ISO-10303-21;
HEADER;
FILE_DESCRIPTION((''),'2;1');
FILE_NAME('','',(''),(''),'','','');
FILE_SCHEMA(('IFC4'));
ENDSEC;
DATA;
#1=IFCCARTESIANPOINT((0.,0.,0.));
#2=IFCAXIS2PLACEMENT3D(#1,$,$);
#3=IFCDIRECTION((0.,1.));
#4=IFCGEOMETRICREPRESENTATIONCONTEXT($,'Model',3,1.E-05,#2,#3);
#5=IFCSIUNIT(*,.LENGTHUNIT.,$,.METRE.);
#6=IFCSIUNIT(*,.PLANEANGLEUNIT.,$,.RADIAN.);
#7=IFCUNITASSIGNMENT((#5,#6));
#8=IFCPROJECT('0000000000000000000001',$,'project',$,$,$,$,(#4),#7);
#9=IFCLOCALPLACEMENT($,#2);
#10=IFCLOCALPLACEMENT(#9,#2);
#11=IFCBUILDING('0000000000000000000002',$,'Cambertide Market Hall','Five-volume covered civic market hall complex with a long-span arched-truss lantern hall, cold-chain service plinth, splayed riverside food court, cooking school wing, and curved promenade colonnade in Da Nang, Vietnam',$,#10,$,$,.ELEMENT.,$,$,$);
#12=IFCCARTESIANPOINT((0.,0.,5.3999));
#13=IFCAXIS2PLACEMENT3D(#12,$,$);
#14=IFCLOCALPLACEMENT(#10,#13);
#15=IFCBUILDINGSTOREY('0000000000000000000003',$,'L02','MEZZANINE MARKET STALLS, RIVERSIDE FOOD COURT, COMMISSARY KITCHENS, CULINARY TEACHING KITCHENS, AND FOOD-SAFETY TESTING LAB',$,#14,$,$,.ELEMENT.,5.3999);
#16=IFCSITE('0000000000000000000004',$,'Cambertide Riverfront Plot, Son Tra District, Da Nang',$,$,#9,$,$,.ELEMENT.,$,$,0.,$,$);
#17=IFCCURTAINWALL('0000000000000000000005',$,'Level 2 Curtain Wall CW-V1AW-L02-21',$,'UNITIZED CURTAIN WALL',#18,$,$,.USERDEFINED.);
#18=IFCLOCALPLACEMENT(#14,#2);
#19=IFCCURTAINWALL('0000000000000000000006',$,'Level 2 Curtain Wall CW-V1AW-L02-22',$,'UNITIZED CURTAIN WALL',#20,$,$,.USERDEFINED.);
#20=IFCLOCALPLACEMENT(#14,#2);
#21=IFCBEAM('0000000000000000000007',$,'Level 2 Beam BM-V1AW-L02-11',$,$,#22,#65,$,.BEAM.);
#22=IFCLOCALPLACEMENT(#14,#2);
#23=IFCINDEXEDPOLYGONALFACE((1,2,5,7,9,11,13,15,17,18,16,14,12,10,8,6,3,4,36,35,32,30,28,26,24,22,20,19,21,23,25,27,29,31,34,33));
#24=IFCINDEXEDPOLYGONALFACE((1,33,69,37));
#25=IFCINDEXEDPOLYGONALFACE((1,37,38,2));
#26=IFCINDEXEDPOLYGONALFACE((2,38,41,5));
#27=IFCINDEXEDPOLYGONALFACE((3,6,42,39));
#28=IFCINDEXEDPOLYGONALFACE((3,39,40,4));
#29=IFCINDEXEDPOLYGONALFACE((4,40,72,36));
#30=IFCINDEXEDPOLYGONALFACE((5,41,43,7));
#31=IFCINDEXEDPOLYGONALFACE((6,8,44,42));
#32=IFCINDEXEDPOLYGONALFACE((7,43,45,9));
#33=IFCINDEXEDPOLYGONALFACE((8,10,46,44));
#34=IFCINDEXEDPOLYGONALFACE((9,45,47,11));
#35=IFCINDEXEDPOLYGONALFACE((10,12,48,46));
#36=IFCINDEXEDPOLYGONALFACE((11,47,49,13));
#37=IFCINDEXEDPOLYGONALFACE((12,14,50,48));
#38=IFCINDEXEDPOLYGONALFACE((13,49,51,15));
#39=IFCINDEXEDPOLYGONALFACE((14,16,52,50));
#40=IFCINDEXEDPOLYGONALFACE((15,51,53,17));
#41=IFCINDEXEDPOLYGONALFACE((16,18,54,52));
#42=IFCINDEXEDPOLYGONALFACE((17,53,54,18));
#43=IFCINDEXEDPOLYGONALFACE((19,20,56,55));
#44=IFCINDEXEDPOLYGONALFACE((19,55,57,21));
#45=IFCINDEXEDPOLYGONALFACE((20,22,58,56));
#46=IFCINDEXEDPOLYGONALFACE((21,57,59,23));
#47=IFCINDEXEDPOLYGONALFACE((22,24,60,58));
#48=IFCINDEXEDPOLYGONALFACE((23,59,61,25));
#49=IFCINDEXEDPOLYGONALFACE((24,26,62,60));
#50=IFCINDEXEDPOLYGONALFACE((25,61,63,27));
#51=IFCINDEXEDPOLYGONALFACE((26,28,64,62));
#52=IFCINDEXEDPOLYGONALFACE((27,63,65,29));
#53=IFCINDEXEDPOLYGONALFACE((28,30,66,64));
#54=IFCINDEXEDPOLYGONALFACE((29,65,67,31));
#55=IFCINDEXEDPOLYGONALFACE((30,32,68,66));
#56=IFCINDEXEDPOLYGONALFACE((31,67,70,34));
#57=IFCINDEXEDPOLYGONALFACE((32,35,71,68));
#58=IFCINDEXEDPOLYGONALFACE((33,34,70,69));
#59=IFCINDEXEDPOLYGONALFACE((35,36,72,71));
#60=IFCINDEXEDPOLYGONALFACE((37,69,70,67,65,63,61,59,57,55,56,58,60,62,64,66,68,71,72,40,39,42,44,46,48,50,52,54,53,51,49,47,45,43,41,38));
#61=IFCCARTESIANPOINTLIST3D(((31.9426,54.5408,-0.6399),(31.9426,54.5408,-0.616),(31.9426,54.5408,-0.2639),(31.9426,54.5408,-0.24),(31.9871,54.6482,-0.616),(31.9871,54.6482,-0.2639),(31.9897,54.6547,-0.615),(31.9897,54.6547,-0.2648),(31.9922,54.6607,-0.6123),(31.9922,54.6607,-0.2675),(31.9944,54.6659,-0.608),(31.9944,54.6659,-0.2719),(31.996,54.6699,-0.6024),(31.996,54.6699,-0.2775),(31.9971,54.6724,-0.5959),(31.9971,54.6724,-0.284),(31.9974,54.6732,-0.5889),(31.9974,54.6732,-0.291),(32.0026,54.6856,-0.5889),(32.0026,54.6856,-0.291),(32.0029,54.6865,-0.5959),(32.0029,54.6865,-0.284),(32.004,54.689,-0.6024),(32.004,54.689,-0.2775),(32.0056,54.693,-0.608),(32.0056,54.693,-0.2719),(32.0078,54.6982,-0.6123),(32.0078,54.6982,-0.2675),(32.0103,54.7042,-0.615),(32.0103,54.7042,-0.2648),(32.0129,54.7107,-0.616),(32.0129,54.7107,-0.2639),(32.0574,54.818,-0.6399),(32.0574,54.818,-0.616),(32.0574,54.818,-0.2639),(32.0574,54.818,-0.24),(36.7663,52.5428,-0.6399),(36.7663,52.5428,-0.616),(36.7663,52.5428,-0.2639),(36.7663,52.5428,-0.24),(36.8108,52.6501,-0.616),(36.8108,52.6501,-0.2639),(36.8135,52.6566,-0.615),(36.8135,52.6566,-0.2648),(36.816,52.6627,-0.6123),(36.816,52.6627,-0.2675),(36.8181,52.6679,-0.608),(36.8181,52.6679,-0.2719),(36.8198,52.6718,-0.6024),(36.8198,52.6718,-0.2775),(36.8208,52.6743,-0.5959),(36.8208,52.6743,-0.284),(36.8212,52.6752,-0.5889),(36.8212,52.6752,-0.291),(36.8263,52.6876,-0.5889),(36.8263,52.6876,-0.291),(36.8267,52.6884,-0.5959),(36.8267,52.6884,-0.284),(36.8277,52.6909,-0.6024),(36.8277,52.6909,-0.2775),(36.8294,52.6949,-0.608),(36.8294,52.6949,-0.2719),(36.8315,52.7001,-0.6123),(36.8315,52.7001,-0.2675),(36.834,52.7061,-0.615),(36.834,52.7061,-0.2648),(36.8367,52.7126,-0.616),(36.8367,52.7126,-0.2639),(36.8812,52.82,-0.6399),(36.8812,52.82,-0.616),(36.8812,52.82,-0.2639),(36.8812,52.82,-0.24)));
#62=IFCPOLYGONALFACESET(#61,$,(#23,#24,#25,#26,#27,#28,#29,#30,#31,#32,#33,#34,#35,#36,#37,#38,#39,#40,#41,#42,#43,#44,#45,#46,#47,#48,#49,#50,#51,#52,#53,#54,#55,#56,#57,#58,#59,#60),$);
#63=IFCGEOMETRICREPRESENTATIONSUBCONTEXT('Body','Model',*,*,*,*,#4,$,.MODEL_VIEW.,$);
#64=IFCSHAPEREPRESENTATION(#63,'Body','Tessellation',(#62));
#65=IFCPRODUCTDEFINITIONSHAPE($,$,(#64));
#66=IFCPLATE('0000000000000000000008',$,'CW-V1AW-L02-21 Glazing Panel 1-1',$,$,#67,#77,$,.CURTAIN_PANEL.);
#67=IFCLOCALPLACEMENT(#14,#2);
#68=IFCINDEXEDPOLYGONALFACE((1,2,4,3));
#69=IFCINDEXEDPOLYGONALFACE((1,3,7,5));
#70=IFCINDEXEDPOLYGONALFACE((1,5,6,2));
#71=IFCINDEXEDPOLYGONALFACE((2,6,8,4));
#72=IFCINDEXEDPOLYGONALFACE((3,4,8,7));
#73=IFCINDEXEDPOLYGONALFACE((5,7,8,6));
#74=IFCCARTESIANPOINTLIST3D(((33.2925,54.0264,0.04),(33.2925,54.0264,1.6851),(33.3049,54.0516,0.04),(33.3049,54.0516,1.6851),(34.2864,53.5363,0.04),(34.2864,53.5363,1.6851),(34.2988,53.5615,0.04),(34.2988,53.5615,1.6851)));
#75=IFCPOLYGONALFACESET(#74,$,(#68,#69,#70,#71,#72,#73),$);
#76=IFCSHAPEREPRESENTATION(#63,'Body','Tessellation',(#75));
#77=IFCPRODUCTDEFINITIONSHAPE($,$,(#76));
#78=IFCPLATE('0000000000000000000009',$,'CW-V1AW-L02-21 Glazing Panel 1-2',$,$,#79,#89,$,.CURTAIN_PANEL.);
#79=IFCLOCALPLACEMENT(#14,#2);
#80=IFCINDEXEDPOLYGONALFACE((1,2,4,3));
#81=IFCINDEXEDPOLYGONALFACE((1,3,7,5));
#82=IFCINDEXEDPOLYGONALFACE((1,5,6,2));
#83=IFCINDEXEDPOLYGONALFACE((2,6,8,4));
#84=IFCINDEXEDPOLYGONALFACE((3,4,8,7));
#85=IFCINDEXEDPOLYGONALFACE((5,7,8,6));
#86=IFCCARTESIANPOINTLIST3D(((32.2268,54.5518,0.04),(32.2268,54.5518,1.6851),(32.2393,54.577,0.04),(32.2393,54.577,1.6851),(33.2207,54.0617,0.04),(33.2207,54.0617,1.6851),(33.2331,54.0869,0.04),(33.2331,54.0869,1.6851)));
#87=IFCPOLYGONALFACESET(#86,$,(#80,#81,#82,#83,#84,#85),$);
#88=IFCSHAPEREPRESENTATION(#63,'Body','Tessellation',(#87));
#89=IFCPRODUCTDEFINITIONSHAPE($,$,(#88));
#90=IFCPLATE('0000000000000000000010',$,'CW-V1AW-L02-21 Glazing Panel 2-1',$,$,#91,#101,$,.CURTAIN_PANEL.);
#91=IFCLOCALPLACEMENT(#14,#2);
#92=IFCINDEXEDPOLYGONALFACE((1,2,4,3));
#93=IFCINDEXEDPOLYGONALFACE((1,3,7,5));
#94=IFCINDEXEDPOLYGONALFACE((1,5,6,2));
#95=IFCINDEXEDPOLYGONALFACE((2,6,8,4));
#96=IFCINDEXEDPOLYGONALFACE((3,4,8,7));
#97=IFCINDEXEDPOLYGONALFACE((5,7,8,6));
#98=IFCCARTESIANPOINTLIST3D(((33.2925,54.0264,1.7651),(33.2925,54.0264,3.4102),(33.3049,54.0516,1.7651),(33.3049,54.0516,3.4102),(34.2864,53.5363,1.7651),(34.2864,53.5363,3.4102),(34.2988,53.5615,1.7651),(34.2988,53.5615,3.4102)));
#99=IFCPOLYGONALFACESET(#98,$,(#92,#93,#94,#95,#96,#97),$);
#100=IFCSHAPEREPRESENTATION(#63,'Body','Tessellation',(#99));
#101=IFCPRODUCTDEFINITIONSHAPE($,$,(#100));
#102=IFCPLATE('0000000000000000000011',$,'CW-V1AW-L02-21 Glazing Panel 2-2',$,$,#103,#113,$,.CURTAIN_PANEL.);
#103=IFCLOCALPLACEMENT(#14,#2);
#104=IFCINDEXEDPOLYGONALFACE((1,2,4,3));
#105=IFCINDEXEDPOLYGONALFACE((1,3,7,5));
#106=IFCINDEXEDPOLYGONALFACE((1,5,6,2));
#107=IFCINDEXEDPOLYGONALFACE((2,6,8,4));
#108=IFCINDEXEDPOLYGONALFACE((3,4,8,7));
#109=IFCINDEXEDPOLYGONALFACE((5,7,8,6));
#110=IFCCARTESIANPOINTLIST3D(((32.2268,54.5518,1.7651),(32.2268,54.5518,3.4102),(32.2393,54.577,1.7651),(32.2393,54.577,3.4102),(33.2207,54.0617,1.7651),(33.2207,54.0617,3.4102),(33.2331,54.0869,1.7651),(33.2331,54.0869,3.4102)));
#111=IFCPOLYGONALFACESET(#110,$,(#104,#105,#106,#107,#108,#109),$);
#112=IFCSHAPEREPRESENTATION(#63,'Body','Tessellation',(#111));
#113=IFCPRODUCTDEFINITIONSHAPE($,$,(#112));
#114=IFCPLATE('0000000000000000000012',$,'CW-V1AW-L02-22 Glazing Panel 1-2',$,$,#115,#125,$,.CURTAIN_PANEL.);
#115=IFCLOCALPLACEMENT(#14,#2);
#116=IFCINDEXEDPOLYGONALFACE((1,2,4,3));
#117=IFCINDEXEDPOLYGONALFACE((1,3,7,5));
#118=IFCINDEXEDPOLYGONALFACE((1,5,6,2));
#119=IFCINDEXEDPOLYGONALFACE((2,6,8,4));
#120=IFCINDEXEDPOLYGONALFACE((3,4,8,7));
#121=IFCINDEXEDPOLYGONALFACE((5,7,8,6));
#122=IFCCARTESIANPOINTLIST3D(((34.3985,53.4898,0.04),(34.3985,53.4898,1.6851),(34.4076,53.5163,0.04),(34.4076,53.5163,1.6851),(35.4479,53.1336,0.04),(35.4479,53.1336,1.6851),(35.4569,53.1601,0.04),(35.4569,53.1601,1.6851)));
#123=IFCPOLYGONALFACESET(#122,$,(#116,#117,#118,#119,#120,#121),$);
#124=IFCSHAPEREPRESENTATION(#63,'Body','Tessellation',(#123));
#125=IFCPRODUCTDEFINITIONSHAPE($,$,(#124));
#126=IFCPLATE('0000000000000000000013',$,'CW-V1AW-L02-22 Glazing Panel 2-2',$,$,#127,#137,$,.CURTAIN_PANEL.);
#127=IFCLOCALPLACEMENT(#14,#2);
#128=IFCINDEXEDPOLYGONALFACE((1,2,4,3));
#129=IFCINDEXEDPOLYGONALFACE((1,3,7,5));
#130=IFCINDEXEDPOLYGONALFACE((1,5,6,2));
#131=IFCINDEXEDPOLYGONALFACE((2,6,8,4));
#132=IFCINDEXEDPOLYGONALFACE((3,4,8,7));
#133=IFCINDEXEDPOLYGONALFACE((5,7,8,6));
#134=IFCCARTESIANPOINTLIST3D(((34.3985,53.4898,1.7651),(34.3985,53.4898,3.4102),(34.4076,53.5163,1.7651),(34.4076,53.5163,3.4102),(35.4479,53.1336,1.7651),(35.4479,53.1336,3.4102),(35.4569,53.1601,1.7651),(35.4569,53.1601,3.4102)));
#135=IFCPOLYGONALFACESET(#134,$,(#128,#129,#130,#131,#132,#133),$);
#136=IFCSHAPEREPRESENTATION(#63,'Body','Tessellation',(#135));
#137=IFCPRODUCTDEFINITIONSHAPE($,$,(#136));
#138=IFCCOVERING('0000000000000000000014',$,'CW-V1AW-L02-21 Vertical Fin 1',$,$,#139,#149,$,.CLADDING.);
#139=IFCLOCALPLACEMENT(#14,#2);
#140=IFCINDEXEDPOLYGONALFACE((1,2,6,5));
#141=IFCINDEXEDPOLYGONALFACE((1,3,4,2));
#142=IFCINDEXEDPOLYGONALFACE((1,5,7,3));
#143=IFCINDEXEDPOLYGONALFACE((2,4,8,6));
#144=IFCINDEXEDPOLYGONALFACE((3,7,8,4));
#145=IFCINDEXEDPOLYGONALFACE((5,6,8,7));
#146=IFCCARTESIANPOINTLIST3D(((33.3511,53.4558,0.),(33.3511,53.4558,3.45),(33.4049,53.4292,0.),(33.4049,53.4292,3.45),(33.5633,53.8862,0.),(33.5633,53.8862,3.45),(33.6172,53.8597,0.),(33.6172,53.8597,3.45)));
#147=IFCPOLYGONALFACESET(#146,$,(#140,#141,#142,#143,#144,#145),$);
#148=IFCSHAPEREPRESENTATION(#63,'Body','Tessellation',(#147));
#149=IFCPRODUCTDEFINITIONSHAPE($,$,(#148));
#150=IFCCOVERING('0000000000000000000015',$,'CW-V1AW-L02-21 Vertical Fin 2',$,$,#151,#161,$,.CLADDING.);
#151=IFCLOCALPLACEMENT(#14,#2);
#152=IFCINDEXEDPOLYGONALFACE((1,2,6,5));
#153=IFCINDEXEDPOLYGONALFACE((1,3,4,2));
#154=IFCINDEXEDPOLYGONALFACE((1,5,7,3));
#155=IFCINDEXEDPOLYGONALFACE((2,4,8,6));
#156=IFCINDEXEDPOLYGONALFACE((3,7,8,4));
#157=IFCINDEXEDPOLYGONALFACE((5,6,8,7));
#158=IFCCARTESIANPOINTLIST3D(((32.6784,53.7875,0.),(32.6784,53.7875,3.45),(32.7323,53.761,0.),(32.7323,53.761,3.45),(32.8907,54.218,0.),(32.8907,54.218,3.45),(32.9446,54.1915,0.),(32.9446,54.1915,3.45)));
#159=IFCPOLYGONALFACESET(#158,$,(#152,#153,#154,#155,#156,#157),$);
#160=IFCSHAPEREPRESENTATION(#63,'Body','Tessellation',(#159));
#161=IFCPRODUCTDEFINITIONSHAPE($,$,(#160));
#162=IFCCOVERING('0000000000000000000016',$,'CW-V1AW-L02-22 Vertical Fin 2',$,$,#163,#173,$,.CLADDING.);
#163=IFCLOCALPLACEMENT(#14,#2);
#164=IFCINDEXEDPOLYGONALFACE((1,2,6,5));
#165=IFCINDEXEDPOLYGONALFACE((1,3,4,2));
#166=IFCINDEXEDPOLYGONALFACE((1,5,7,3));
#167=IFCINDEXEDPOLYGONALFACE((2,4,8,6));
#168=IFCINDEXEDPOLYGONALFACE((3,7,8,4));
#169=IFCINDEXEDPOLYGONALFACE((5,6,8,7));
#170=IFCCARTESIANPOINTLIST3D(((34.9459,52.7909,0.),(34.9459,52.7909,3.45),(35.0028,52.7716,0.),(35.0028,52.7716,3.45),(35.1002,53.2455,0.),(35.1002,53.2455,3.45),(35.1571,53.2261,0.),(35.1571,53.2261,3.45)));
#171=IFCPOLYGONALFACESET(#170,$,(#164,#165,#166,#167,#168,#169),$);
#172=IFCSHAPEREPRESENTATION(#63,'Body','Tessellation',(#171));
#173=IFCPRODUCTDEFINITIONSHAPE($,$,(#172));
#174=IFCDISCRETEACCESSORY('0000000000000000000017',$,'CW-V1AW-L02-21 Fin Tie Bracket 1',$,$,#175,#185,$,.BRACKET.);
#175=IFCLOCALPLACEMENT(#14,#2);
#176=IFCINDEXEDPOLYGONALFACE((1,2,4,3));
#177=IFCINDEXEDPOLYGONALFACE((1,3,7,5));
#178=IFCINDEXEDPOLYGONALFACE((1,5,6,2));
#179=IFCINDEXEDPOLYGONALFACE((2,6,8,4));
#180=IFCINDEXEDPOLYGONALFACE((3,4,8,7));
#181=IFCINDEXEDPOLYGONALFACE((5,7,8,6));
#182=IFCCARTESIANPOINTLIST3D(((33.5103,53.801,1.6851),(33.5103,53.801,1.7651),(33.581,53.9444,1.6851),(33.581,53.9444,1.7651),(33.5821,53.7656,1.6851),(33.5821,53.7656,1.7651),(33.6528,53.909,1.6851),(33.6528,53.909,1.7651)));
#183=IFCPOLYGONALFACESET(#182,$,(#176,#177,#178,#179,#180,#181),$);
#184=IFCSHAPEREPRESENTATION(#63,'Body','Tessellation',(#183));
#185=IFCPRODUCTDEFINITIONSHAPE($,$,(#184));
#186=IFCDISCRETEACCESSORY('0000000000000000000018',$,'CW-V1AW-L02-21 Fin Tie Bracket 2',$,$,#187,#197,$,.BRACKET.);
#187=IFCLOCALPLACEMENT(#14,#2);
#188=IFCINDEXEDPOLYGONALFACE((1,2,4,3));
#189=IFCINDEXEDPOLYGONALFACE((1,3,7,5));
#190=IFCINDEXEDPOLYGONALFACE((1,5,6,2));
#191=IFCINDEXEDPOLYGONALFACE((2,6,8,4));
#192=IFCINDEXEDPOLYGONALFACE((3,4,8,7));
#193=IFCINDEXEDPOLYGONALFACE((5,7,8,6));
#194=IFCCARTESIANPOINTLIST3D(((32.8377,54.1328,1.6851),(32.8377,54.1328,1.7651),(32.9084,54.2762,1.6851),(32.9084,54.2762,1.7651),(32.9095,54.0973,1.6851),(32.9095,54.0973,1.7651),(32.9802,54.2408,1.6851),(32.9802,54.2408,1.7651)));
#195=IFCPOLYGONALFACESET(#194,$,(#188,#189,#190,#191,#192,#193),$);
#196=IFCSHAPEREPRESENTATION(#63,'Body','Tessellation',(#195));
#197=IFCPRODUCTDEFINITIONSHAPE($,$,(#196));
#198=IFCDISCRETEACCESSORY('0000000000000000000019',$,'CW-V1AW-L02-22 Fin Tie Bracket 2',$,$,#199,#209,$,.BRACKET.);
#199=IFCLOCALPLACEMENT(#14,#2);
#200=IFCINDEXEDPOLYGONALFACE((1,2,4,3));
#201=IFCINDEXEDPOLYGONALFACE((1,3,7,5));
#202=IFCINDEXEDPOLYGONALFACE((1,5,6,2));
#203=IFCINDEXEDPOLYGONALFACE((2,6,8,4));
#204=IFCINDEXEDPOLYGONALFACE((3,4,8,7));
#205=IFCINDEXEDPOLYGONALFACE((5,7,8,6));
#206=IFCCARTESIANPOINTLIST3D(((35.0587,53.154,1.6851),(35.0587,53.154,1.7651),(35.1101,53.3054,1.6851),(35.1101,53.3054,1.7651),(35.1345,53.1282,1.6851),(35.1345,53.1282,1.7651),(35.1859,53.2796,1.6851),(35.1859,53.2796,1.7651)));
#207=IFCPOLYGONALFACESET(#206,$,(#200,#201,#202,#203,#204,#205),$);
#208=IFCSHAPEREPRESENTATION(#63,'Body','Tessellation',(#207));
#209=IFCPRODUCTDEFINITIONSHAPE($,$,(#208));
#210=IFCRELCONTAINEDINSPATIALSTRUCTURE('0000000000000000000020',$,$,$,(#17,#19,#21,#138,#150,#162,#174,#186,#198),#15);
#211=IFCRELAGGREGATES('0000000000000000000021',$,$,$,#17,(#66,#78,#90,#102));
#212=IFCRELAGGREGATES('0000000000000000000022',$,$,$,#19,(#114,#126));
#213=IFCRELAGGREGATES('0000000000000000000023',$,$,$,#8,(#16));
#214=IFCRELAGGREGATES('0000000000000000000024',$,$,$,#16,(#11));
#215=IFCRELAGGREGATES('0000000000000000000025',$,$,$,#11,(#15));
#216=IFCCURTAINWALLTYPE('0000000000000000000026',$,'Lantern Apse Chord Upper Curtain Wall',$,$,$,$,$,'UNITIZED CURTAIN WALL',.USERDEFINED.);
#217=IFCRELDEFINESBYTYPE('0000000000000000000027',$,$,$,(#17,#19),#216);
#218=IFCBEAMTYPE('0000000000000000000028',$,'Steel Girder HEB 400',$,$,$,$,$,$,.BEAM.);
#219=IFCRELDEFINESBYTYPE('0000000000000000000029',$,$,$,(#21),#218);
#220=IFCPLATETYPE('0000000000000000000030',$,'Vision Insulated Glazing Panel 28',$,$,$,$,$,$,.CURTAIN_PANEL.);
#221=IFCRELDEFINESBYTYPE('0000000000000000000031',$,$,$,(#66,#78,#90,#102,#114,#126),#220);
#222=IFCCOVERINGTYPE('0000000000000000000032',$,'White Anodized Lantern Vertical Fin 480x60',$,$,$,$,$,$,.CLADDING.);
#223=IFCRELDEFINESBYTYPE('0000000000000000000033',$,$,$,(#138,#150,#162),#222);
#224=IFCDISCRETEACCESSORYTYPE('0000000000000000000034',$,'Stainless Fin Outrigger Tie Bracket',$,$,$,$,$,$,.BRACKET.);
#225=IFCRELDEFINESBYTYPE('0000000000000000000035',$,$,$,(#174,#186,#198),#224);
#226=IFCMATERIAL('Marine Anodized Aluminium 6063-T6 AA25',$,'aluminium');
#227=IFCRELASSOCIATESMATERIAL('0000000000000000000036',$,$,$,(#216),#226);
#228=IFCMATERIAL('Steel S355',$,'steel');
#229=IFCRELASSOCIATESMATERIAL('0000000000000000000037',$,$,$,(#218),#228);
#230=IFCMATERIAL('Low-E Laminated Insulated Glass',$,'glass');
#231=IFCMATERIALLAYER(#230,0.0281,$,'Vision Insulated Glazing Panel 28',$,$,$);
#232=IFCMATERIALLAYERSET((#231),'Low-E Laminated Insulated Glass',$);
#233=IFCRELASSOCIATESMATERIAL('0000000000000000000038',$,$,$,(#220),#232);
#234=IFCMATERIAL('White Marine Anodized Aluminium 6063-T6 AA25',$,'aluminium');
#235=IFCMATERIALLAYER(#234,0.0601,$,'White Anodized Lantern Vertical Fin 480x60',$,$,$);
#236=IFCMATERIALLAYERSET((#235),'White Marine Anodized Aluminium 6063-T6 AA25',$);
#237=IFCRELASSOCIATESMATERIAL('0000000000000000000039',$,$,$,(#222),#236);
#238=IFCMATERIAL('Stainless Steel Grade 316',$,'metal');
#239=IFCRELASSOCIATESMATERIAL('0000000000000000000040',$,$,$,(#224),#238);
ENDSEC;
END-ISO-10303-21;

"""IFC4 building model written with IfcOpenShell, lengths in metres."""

from ifc_helpers import new_model, si_unit, direction, frame, origin, origin_2d, place, context, subcontext, project, spatial, rectangle, i_section, extrude, material, layer, layer_set, material_profile, profile_set, type_object, element, aggregate, save


model = new_model("IFC4")

# Units and contexts
model_context = context("Model", 3, precision=1e-05, world=origin(), true_north=direction((0.0, 1.0)))
body_context = subcontext(model_context, "Body", "Model", "MODEL_VIEW")
ifc_project = project(units=[si_unit("LENGTHUNIT", "METRE"), si_unit("PLANEANGLEUNIT", "RADIAN")], contexts=[model_context])

# Site, building, storey
site_placement = place(None, origin())
site = spatial("IfcSite", under=ifc_project, at=site_placement, Name="Cambertide Riverfront Plot, Son Tra District, Da Nang", CompositionType="ELEMENT", RefElevation=0.0)
building_placement = place(site_placement, origin())
building = spatial("IfcBuilding", under=site, at=building_placement, Name="Cambertide Market Hall", Description="Five-volume covered civic market hall complex with a long-span arched-truss lantern hall, cold-chain service plinth, splayed riverside food court, cooking school wing, and curved promenade colonnade in Da Nang, Vietnam", CompositionType="ELEMENT")
storey_placement = place(building_placement, frame((0.0, 0.0, 5.3999)))
storey = spatial("IfcBuildingStorey", under=building, at=storey_placement, Name="L02", Description="MEZZANINE MARKET STALLS, RIVERSIDE FOOD COURT, COMMISSARY KITCHENS, CULINARY TEACHING KITCHENS, AND FOOD-SAFETY TESTING LAB", CompositionType="ELEMENT", Elevation=5.3999)

# Shared definitions
ifc_material_1 = material(Name="Marine Anodized Aluminium 6063-T6 AA25", Category="aluminium")
curtain_wall_type = type_object("IfcCurtainWallType", Name="Lantern Apse Chord Upper Curtain Wall", ElementType="UNITIZED CURTAIN WALL", PredefinedType="USERDEFINED", material=ifc_material_1)

# Curtain wall
curtain_wall_1_placement = place(storey_placement, origin())
curtain_wall_1 = element("IfcCurtainWall", 1, at=curtain_wall_1_placement, inside=storey, type_object=curtain_wall_type, Name="Level 2 Curtain Wall CW-V1AW-L02-21", ObjectType="UNITIZED CURTAIN WALL", PredefinedType="USERDEFINED")

# Curtain wall
curtain_wall_2_placement = place(storey_placement, origin())
curtain_wall_2 = element("IfcCurtainWall", 2, at=curtain_wall_2_placement, inside=storey, type_object=curtain_wall_type, Name="Level 2 Curtain Wall CW-V1AW-L02-22", ObjectType="UNITIZED CURTAIN WALL", PredefinedType="USERDEFINED")

# Beam
ifc_material_2 = material(Name="Steel S355", Category="steel")
ifc_material_profile_1 = material_profile(ifc_material_2, i_section(OverallWidth=0.3, OverallDepth=0.3999, WebThickness=0.0134, FlangeThickness=0.0239, FilletRadius=0.0271, at=origin_2d()), Name="HEB 400")
ifc_profile_set_1 = profile_set([ifc_material_profile_1], Name="Steel S355")
beam_type_1 = type_object("IfcBeamType", Name="Steel Girder HEB 400", PredefinedType="BEAM", material=ifc_profile_set_1)
beam_1_placement = place(storey_placement, frame((32.0, 54.6794, -0.4399), z_axis=(0.92388, -0.382682, 0.0), x_axis=(0.382682, 0.92388, 0.0)))
element("IfcBeam", 3, at=beam_1_placement, inside=storey, type_object=beam_type_1, Name="Level 2 Beam BM-V1AW-L02-11", PredefinedType="BEAM", context=body_context, shape_type="SweptSolid", body=[
    extrude(i_section(OverallWidth=0.3, OverallDepth=0.3999, WebThickness=0.0134, FlangeThickness=0.0239, FilletRadius=0.0271, at=origin_2d()), origin(), (0.0, 0.0, 1.0), 5.2212),
])

# Plates
ifc_material_3 = material(Name="Low-E Laminated Insulated Glass", Category="glass")
ifc_layer_1 = layer(ifc_material_3, 0.0281, Name="Vision Insulated Glazing Panel 28")
ifc_layer_set_1 = layer_set([ifc_layer_1], Name="Low-E Laminated Insulated Glass")
plate_type = type_object("IfcPlateType", Name="Vision Insulated Glazing Panel 28", PredefinedType="CURTAIN_PANEL", material=ifc_layer_set_1)
plate_1_placement = place(storey_placement, frame((33.7957, 53.7939, 0.04), z_axis=(0.0, 0.0, 1.0), x_axis=(-0.896873, 0.442289, 0.0)))
plate_1 = element("IfcPlate", 4, at=plate_1_placement, type_object=plate_type, Name="CW-V1AW-L02-21 Glazing Panel 1-1", PredefinedType="CURTAIN_PANEL", context=body_context, shape_type="SweptSolid", body=[
    extrude(rectangle(XDim=1.1082, YDim=0.0281, at=origin_2d()), origin(), (0.0, 0.0, 1.0), 1.645),
])
plate_2_placement = place(storey_placement, frame((32.73, 54.3193, 0.04), z_axis=(0.0, 0.0, 1.0), x_axis=(-0.896873, 0.442289, 0.0)))
plate_2 = element("IfcPlate", 5, at=plate_2_placement, type_object=plate_type, Name="CW-V1AW-L02-21 Glazing Panel 1-2", PredefinedType="CURTAIN_PANEL", context=body_context, shape_type="SweptSolid", body=[
    extrude(rectangle(XDim=1.1082, YDim=0.0281, at=origin_2d()), origin(), (0.0, 0.0, 1.0), 1.645),
])
plate_3_placement = place(storey_placement, frame((33.7957, 53.7939, 1.7651), z_axis=(0.0, 0.0, 1.0), x_axis=(-0.896873, 0.442289, 0.0)))
plate_3 = element("IfcPlate", 6, at=plate_3_placement, type_object=plate_type, Name="CW-V1AW-L02-21 Glazing Panel 2-1", PredefinedType="CURTAIN_PANEL", context=body_context, shape_type="SweptSolid", body=[
    extrude(rectangle(XDim=1.1082, YDim=0.0281, at=origin_2d()), origin(), (0.0, 0.0, 1.0), 1.645),
])
plate_4_placement = place(storey_placement, frame((32.73, 54.3193, 1.7651), z_axis=(0.0, 0.0, 1.0), x_axis=(-0.896873, 0.442289, 0.0)))
plate_4 = element("IfcPlate", 7, at=plate_4_placement, type_object=plate_type, Name="CW-V1AW-L02-21 Glazing Panel 2-2", PredefinedType="CURTAIN_PANEL", context=body_context, shape_type="SweptSolid", body=[
    extrude(rectangle(XDim=1.1082, YDim=0.0281, at=origin_2d()), origin(), (0.0, 0.0, 1.0), 1.645),
])
aggregate(curtain_wall_1, [plate_1, plate_2, plate_3, plate_4])
plate_5_placement = place(storey_placement, frame((34.9277, 53.325, 0.04), z_axis=(0.0, 0.0, 1.0), x_axis=(-0.94693, 0.321439, 0.0)))
plate_5 = element("IfcPlate", 8, at=plate_5_placement, type_object=plate_type, Name="CW-V1AW-L02-22 Glazing Panel 1-2", PredefinedType="CURTAIN_PANEL", context=body_context, shape_type="SweptSolid", body=[
    extrude(rectangle(XDim=1.1082, YDim=0.0281, at=origin_2d()), origin(), (0.0, 0.0, 1.0), 1.645),
])
plate_6_placement = place(storey_placement, frame((34.9277, 53.325, 1.7651), z_axis=(0.0, 0.0, 1.0), x_axis=(-0.94693, 0.321439, 0.0)))
plate_6 = element("IfcPlate", 9, at=plate_6_placement, type_object=plate_type, Name="CW-V1AW-L02-22 Glazing Panel 2-2", PredefinedType="CURTAIN_PANEL", context=body_context, shape_type="SweptSolid", body=[
    extrude(rectangle(XDim=1.1082, YDim=0.0281, at=origin_2d()), origin(), (0.0, 0.0, 1.0), 1.645),
])
aggregate(curtain_wall_2, [plate_5, plate_6])

# Coverings
ifc_material_4 = material(Name="White Marine Anodized Aluminium 6063-T6 AA25", Category="aluminium")
ifc_layer_2 = layer(ifc_material_4, 0.0601, Name="White Anodized Lantern Vertical Fin 480x60")
ifc_layer_set_2 = layer_set([ifc_layer_2], Name="White Marine Anodized Aluminium 6063-T6 AA25")
covering_type = type_object("IfcCoveringType", Name="White Anodized Lantern Vertical Fin 480x60", PredefinedType="CLADDING", material=ifc_layer_set_2)
for number, where, z_axis, x_axis, name in (
    (10, (33.4841, 53.6577, 0.0), (0.0, 0.0, 1.0), (-0.896873, 0.442289, 0.0), "CW-V1AW-L02-21 Vertical Fin 1"),
    (11, (32.8115, 53.9895, 0.0), (0.0, 0.0, 1.0), (-0.896873, 0.442289, 0.0), "CW-V1AW-L02-21 Vertical Fin 2"),
    (12, (35.0515, 53.0085, 0.0), (0.0, 0.0, 1.0), (-0.94693, 0.321439, 0.0), "CW-V1AW-L02-22 Vertical Fin 2"),
):
    element("IfcCovering", number, at=place(storey_placement, frame(where, z_axis=z_axis, x_axis=x_axis)), inside=storey, type_object=covering_type, Name=name, PredefinedType="CLADDING", context=body_context, shape_type="SweptSolid", body=[
        extrude(rectangle(XDim=0.0601, YDim=0.48, at=origin_2d()), origin(), (0.0, 0.0, 1.0), 3.45),
    ])

# Discrete accessories
ifc_material_5 = material(Name="Stainless Steel Grade 316", Category="metal")
discrete_accessory_type = type_object("IfcDiscreteAccessoryType", Name="Stainless Fin Outrigger Tie Bracket", PredefinedType="BRACKET", material=ifc_material_5)
for number, where, z_axis, x_axis, name in (
    (13, (33.5815, 53.855, 1.6851), (0.0, 0.0, 1.0), (-0.896873, 0.442289, 0.0), "CW-V1AW-L02-21 Fin Tie Bracket 1"),
    (14, (32.9089, 54.1868, 1.6851), (0.0, 0.0, 1.0), (-0.896873, 0.442289, 0.0), "CW-V1AW-L02-21 Fin Tie Bracket 2"),
    (15, (35.1223, 53.2168, 1.6851), (0.0, 0.0, 1.0), (-0.94693, 0.321439, 0.0), "CW-V1AW-L02-22 Fin Tie Bracket 2"),
):
    element("IfcDiscreteAccessory", number, at=place(storey_placement, frame(where, z_axis=z_axis, x_axis=x_axis)), inside=storey, type_object=discrete_accessory_type, Name=name, PredefinedType="BRACKET", context=body_context, shape_type="SweptSolid", body=[
        extrude(rectangle(XDim=0.0801, YDim=0.1599, at=origin_2d()), origin(), (0.0, 0.0, 1.0), 0.0801),
    ])

save(model, "model.ifc")
